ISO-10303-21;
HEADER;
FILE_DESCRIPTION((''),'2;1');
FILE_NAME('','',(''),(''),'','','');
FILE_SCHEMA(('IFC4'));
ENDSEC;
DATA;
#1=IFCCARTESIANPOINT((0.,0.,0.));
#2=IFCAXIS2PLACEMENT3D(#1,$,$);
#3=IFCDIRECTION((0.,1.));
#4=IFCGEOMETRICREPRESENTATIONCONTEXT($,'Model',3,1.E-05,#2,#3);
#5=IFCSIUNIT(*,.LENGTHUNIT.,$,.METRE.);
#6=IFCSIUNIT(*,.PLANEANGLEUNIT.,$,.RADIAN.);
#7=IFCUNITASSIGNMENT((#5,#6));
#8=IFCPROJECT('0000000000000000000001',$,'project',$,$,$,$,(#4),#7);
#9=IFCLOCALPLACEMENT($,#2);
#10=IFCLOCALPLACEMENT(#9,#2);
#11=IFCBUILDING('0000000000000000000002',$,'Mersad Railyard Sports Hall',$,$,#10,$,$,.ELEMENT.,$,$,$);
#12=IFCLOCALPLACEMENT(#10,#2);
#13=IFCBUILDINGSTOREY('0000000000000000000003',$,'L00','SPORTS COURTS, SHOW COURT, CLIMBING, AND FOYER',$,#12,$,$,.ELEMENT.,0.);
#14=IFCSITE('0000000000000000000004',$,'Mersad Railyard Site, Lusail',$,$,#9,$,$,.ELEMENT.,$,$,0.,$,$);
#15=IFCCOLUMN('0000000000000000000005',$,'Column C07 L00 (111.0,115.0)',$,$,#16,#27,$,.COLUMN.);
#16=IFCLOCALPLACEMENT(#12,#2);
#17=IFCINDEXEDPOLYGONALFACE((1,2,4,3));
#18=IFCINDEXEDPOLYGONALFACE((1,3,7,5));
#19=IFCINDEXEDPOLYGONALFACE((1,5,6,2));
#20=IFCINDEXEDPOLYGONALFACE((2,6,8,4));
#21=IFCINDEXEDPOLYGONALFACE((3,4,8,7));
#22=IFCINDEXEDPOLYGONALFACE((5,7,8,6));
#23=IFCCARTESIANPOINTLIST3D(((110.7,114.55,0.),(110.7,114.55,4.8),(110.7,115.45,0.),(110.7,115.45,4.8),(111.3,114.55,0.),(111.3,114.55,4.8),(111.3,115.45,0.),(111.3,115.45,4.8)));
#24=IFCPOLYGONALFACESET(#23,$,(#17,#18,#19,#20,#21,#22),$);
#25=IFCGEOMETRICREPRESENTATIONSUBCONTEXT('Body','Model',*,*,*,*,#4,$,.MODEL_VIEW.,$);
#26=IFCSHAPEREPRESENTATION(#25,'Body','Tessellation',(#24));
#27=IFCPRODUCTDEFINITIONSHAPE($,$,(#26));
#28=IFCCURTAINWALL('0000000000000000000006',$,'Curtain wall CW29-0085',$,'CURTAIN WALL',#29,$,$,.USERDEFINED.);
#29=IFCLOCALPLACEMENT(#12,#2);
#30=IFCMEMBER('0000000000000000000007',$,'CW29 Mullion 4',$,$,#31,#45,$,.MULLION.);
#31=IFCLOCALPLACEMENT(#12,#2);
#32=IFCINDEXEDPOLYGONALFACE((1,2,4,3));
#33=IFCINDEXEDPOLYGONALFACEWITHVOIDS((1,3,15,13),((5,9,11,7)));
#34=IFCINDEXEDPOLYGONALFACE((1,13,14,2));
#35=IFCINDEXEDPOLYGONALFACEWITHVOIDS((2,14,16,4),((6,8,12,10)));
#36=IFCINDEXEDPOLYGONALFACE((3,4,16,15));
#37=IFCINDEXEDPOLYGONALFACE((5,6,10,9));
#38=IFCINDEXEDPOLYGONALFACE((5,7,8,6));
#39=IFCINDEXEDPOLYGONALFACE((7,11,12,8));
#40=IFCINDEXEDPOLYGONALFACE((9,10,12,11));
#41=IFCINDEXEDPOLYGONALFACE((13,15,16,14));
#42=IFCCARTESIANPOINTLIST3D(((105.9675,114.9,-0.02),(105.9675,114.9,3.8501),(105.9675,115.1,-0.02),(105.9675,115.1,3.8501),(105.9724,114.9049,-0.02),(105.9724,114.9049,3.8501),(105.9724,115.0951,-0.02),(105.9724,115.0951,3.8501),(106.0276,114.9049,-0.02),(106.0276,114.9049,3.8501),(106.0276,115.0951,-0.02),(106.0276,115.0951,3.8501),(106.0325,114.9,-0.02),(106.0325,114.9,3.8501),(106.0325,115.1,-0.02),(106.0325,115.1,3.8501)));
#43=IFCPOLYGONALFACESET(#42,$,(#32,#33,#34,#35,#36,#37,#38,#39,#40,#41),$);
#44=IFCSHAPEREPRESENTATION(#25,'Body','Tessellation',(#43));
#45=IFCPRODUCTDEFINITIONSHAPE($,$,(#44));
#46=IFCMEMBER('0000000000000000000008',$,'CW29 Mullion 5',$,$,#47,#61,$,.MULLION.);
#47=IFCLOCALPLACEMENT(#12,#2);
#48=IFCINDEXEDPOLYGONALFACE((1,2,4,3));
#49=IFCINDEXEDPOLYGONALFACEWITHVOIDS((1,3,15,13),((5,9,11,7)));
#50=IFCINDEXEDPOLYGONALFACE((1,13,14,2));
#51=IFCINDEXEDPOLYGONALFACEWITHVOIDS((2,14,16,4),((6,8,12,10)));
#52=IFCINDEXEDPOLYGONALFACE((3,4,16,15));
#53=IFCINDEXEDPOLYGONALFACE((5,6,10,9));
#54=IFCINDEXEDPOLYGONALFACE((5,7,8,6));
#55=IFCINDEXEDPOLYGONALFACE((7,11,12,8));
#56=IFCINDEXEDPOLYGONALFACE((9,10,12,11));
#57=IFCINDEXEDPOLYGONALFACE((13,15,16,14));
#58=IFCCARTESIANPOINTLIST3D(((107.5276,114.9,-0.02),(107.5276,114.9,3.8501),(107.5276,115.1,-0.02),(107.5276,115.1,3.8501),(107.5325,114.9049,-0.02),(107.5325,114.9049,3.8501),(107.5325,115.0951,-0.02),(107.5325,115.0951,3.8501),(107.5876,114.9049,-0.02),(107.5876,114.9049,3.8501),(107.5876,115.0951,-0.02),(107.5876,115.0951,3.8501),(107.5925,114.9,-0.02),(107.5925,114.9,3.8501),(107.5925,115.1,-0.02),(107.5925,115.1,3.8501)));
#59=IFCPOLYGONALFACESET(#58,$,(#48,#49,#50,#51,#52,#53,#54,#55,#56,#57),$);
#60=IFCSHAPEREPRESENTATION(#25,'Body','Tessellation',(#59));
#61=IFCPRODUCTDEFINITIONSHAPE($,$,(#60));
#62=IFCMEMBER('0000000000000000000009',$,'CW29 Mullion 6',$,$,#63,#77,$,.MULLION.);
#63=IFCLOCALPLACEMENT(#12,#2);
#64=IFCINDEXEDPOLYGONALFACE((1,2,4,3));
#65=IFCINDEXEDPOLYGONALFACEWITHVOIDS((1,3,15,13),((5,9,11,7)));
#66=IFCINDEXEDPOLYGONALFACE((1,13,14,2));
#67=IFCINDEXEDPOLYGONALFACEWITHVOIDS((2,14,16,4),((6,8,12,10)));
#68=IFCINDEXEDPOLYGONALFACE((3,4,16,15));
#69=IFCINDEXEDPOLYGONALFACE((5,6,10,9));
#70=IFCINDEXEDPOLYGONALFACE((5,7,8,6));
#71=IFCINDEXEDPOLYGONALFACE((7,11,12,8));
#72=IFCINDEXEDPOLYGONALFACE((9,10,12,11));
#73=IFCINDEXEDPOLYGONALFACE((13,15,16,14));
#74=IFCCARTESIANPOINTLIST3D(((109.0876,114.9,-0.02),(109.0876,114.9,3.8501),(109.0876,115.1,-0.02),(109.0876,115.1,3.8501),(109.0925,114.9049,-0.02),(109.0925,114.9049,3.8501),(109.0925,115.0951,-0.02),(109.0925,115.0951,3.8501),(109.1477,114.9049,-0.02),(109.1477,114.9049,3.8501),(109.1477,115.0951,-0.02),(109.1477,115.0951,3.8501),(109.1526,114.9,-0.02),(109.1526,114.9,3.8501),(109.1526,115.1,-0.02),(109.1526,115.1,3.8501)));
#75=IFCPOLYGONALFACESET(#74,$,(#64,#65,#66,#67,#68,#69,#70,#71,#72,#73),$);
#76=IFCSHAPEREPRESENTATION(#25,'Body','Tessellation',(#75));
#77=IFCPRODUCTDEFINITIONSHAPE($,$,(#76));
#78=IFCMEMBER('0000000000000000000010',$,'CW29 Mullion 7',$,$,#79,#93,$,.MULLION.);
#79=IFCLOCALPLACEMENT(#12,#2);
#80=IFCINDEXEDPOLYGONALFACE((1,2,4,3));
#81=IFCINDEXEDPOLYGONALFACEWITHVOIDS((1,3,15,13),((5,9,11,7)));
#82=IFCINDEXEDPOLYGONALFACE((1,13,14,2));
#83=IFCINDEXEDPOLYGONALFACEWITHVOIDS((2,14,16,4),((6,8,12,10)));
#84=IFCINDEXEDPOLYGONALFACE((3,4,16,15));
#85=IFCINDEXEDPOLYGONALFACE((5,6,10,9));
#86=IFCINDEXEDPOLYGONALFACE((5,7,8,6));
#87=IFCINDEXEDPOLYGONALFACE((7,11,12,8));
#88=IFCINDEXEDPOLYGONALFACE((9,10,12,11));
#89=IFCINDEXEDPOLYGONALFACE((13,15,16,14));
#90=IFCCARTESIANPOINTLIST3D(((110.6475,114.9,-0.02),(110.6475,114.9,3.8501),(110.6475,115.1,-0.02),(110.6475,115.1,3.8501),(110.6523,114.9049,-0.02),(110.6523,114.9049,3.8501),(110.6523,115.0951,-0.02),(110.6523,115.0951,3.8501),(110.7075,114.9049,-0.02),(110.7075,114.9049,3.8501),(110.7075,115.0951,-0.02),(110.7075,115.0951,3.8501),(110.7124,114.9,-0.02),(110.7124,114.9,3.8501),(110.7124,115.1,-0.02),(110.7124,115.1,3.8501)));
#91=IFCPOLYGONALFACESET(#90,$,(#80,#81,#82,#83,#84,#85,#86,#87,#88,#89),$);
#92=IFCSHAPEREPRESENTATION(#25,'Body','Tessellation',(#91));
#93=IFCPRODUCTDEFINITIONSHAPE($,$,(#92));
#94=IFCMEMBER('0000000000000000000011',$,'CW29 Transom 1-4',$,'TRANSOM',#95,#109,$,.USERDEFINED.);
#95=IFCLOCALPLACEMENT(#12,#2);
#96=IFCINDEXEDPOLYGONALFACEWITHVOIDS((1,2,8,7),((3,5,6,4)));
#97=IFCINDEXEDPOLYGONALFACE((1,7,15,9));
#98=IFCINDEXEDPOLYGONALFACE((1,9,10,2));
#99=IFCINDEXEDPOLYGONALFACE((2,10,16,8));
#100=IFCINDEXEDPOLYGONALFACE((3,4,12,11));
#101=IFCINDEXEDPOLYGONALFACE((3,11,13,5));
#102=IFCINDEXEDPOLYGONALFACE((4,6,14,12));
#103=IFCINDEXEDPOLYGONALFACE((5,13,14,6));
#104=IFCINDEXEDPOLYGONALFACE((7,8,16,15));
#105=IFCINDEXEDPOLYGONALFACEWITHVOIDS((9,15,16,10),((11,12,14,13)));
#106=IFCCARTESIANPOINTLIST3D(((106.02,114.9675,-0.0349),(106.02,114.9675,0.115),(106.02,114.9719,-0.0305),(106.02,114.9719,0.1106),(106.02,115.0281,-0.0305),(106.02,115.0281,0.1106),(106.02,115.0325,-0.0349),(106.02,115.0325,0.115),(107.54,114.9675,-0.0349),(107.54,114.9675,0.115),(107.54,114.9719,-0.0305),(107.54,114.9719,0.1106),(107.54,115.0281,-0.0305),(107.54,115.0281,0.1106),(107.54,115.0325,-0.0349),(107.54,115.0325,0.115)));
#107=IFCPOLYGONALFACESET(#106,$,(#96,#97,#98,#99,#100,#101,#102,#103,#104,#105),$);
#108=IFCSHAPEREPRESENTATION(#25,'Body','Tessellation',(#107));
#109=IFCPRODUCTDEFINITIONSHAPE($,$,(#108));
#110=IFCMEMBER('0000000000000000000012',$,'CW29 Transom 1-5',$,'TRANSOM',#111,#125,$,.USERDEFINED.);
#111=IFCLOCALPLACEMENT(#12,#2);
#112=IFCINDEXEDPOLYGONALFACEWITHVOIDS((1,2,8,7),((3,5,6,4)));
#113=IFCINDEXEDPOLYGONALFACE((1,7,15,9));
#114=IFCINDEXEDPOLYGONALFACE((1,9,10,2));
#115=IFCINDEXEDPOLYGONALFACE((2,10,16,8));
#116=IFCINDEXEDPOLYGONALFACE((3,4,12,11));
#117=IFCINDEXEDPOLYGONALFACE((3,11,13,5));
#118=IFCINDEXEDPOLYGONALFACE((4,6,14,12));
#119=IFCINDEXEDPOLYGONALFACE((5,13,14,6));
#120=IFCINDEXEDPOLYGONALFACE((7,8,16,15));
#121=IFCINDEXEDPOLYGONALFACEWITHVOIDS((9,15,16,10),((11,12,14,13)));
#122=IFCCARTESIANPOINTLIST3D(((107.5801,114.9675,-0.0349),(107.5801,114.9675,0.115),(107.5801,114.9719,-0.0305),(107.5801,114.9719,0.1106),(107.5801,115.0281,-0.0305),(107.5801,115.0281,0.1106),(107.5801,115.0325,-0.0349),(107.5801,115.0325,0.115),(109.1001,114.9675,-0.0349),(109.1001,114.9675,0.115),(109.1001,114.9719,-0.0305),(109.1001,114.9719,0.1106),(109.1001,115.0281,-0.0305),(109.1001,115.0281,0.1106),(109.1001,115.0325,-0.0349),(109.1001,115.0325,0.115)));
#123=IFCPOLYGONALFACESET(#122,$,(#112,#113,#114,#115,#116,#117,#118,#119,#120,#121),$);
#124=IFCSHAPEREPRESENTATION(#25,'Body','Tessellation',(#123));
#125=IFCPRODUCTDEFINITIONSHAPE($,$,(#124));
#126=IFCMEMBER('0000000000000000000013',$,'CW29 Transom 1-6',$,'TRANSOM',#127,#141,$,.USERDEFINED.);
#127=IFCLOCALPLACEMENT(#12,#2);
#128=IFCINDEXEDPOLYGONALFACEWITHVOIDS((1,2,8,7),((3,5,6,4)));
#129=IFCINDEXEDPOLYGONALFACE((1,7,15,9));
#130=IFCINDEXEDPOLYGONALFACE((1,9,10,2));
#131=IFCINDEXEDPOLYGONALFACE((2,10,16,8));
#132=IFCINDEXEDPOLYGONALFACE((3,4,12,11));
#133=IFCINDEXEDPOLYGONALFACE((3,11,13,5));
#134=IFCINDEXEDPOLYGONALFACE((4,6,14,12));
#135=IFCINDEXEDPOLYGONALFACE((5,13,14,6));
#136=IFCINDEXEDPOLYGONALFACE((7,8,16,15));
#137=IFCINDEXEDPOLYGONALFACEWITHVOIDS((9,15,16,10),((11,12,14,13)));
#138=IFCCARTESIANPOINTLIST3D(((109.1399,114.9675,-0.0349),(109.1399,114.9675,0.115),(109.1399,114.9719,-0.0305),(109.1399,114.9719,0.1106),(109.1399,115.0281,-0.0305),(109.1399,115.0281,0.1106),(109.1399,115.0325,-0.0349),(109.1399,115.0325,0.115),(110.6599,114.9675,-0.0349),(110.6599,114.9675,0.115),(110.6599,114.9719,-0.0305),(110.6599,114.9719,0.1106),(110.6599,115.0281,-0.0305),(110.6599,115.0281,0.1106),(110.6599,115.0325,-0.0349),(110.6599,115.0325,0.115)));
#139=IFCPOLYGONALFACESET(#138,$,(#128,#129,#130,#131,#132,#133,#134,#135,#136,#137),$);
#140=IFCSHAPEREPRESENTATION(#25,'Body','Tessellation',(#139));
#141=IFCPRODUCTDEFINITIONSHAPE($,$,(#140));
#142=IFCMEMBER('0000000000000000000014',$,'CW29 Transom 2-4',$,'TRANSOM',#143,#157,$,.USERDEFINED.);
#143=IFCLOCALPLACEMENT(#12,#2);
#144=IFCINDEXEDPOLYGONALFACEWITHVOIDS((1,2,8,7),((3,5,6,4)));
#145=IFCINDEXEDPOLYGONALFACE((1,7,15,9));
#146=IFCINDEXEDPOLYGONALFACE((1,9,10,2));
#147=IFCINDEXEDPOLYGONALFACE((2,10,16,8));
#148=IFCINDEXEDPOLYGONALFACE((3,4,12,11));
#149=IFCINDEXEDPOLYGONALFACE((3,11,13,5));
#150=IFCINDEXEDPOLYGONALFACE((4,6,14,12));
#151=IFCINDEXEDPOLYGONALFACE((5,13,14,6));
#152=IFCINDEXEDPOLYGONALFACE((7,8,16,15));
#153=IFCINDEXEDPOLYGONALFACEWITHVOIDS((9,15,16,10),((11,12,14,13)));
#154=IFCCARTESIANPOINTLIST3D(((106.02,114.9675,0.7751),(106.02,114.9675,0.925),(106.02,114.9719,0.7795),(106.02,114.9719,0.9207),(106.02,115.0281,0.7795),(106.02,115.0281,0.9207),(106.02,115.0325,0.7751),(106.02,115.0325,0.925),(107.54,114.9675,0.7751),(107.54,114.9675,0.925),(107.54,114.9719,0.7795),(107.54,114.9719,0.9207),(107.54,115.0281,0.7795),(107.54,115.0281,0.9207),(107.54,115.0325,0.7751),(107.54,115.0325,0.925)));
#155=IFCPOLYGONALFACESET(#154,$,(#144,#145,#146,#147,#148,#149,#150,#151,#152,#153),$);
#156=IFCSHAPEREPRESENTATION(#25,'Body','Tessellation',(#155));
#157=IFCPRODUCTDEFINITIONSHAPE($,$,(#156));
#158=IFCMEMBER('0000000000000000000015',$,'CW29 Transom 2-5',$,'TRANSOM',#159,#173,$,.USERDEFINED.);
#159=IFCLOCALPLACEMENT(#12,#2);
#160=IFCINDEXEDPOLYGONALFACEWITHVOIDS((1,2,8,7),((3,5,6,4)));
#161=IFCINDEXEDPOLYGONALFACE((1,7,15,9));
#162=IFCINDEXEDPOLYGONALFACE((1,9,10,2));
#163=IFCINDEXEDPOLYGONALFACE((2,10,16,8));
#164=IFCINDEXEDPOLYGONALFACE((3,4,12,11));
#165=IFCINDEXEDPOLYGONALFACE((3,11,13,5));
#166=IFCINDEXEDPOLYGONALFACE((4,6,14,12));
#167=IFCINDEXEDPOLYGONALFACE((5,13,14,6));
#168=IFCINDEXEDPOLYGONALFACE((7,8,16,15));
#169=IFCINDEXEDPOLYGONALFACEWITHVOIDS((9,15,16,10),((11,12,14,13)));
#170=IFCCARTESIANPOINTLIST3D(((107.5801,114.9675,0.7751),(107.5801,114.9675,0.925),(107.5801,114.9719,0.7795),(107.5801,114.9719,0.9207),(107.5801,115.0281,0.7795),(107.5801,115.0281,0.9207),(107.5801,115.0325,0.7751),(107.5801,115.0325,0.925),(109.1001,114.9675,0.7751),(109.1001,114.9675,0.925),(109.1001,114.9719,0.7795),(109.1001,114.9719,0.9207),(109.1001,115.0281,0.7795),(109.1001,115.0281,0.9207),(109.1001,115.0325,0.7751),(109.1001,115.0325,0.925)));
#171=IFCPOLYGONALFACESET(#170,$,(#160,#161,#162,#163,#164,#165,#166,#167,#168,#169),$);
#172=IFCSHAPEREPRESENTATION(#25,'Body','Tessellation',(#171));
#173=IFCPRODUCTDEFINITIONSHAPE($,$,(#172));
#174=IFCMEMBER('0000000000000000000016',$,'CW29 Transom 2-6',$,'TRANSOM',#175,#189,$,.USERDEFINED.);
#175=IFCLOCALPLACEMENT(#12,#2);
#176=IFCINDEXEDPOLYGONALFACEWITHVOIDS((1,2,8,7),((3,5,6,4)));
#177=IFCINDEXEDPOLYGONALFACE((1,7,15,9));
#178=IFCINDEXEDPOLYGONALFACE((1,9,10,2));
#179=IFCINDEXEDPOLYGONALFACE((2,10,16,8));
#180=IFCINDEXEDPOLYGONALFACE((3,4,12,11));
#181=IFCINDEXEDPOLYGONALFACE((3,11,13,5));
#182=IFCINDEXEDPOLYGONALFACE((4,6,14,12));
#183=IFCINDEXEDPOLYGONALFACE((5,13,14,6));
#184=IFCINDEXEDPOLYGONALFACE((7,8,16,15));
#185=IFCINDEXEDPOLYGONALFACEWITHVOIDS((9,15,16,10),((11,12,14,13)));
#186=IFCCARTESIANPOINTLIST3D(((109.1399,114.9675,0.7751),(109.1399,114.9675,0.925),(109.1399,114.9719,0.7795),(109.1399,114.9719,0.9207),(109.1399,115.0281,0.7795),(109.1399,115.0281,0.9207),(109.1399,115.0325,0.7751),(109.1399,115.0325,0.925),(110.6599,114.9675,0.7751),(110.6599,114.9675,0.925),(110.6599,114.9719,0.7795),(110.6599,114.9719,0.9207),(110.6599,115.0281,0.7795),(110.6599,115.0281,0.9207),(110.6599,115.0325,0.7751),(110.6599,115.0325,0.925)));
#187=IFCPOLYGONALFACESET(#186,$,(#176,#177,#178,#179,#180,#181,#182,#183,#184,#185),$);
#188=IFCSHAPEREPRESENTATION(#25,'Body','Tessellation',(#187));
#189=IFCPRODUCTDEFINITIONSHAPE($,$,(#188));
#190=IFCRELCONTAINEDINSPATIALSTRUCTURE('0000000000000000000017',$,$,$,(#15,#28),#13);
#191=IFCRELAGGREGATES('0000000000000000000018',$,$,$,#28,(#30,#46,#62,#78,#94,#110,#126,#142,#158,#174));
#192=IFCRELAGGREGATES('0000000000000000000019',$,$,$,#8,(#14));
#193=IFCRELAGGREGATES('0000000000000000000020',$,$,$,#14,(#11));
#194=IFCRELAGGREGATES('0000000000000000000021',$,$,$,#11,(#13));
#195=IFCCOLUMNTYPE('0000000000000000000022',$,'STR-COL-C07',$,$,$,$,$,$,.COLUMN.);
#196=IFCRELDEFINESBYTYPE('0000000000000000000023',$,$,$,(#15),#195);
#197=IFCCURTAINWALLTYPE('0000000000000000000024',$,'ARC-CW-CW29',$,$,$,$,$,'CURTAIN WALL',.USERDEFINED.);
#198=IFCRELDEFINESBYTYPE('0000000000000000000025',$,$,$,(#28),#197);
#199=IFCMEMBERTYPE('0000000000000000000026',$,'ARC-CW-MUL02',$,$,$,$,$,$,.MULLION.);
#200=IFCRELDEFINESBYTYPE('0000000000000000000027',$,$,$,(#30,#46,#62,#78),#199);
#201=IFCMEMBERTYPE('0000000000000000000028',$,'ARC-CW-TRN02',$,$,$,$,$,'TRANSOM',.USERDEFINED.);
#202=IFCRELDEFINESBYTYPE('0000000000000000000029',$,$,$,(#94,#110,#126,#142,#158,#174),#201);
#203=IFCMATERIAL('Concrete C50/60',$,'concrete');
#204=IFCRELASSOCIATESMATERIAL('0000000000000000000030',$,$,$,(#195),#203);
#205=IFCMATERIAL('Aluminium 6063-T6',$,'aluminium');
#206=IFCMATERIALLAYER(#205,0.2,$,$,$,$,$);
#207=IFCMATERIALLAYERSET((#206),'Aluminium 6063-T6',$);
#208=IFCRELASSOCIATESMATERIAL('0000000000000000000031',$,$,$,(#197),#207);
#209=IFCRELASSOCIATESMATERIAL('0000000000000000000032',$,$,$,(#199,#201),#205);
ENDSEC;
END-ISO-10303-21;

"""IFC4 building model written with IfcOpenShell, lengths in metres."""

from ifc_helpers import new_model, si_unit, direction, frame, origin, origin_2d, place, context, subcontext, project, spatial, rectangle, hollow_rectangle, extrude, material, layer, layer_set, material_profile, profile_set, type_object, element, aggregate, save


model = new_model("IFC4")

# Units and contexts
model_context = context("Model", 3, precision=1e-05, world=origin(), true_north=direction((0.0, 1.0)))
body_context = subcontext(model_context, "Body", "Model", "MODEL_VIEW")
ifc_project = project(units=[si_unit("LENGTHUNIT", "METRE"), si_unit("PLANEANGLEUNIT", "RADIAN")], contexts=[model_context])

# Site, building, storey
site_placement = place(None, origin())
site = spatial("IfcSite", under=ifc_project, at=site_placement, Name="Mersad Railyard Site, Lusail", CompositionType="ELEMENT", RefElevation=0.0)
building_placement = place(site_placement, origin())
building = spatial("IfcBuilding", under=site, at=building_placement, Name="Mersad Railyard Sports Hall", CompositionType="ELEMENT")
storey_placement = place(building_placement, origin())
storey = spatial("IfcBuildingStorey", under=building, at=storey_placement, Name="L00", Description="SPORTS COURTS, SHOW COURT, CLIMBING, AND FOYER", CompositionType="ELEMENT", Elevation=0.0)

# Column
ifc_material_1 = material(Name="Concrete C50/60", Category="concrete")
ifc_material_profile_1 = material_profile(ifc_material_1, rectangle(XDim=0.6001, YDim=0.8999, at=origin_2d()), Name="RC 600x900")
ifc_profile_set_1 = profile_set([ifc_material_profile_1], Name="Concrete C50/60")
column_type = type_object("IfcColumnType", Name="STR-COL-C07", PredefinedType="COLUMN", material=ifc_profile_set_1)
column_placement = place(storey_placement, frame((111.0, 115.0, 0.0), z_axis=(0.0, 0.0, 1.0), x_axis=(1.0, 0.0, 0.0)))
element("IfcColumn", 1, at=column_placement, inside=storey, type_object=column_type, Name="Column C07 L00 (111.0,115.0)", PredefinedType="COLUMN", context=body_context, shape_type="SweptSolid", body=[
    extrude(rectangle(XDim=0.6001, YDim=0.8999, at=origin_2d()), origin(), (0.0, 0.0, 1.0), 4.8),
])

# Curtain wall, members
ifc_material_2 = material(Name="Aluminium 6063-T6", Category="aluminium")
ifc_layer_1 = layer(ifc_material_2, 0.2)
ifc_layer_set_1 = layer_set([ifc_layer_1], Name="Aluminium 6063-T6")
curtain_wall_type = type_object("IfcCurtainWallType", Name="ARC-CW-CW29", ElementType="CURTAIN WALL", PredefinedType="USERDEFINED", material=ifc_layer_set_1)
curtain_wall_placement = place(storey_placement, origin())
curtain_wall = element("IfcCurtainWall", 2, at=curtain_wall_placement, inside=storey, type_object=curtain_wall_type, Name="Curtain wall CW29-0085", ObjectType="CURTAIN WALL", PredefinedType="USERDEFINED")
ifc_material_profile_2 = material_profile(ifc_material_2, hollow_rectangle(XDim=0.0649, YDim=0.2, WallThickness=0.0049, at=origin_2d()), Name="AL MULLION 65x200x5")
ifc_profile_set_2 = profile_set([ifc_material_profile_2], Name="Aluminium 6063-T6")
member_type_1 = type_object("IfcMemberType", Name="ARC-CW-MUL02", PredefinedType="MULLION", material=ifc_profile_set_2)
member_1_placement = place(storey_placement, frame((106.0, 115.0, -0.02), z_axis=(0.0, 0.0, 1.0), x_axis=(1.0, 0.0, 0.0)))
member_1 = element("IfcMember", 3, at=member_1_placement, type_object=member_type_1, Name="CW29 Mullion 4", PredefinedType="MULLION", context=body_context, shape_type="SweptSolid", body=[
    extrude(hollow_rectangle(XDim=0.0649, YDim=0.2, WallThickness=0.0049, at=origin_2d()), origin(), (0.0, 0.0, 1.0), 3.8701),
])
member_2_placement = place(storey_placement, frame((107.5601, 115.0, -0.02), z_axis=(0.0, 0.0, 1.0), x_axis=(1.0, 0.0, 0.0)))
member_2 = element("IfcMember", 4, at=member_2_placement, type_object=member_type_1, Name="CW29 Mullion 5", PredefinedType="MULLION", context=body_context, shape_type="SweptSolid", body=[
    extrude(hollow_rectangle(XDim=0.0649, YDim=0.2, WallThickness=0.0049, at=origin_2d()), origin(), (0.0, 0.0, 1.0), 3.8701),
])
member_3_placement = place(storey_placement, frame((109.1201, 115.0, -0.02), z_axis=(0.0, 0.0, 1.0), x_axis=(1.0, 0.0, 0.0)))
member_3 = element("IfcMember", 5, at=member_3_placement, type_object=member_type_1, Name="CW29 Mullion 6", PredefinedType="MULLION", context=body_context, shape_type="SweptSolid", body=[
    extrude(hollow_rectangle(XDim=0.0649, YDim=0.2, WallThickness=0.0049, at=origin_2d()), origin(), (0.0, 0.0, 1.0), 3.8701),
])
member_4_placement = place(storey_placement, frame((110.6799, 115.0, -0.02), z_axis=(0.0, 0.0, 1.0), x_axis=(1.0, 0.0, 0.0)))
member_4 = element("IfcMember", 6, at=member_4_placement, type_object=member_type_1, Name="CW29 Mullion 7", PredefinedType="MULLION", context=body_context, shape_type="SweptSolid", body=[
    extrude(hollow_rectangle(XDim=0.0649, YDim=0.2, WallThickness=0.0049, at=origin_2d()), origin(), (0.0, 0.0, 1.0), 3.8701),
])
ifc_material_profile_3 = material_profile(ifc_material_2, hollow_rectangle(XDim=0.0649, YDim=0.1499, WallThickness=0.0044, at=origin_2d()), Name="AL TRANSOM 65x150x4.5")
ifc_profile_set_3 = profile_set([ifc_material_profile_3], Name="Aluminium 6063-T6")
member_type_2 = type_object("IfcMemberType", Name="ARC-CW-TRN02", ElementType="TRANSOM", PredefinedType="USERDEFINED", material=ifc_profile_set_3)
member_5_placement = place(storey_placement, frame((106.02, 115.0, 0.04), z_axis=(1.0, 0.0, 0.0), x_axis=(0.0, 1.0, 0.0)))
member_5 = element("IfcMember", 7, at=member_5_placement, type_object=member_type_2, Name="CW29 Transom 1-4", ObjectType="TRANSOM", PredefinedType="USERDEFINED", context=body_context, shape_type="SweptSolid", body=[
    extrude(hollow_rectangle(XDim=0.0649, YDim=0.1499, WallThickness=0.0044, at=origin_2d()), origin(), (0.0, 0.0, 1.0), 1.52),
])
member_6_placement = place(storey_placement, frame((107.5801, 115.0, 0.04), z_axis=(1.0, 0.0, 0.0), x_axis=(0.0, 1.0, 0.0)))
member_6 = element("IfcMember", 8, at=member_6_placement, type_object=member_type_2, Name="CW29 Transom 1-5", ObjectType="TRANSOM", PredefinedType="USERDEFINED", context=body_context, shape_type="SweptSolid", body=[
    extrude(hollow_rectangle(XDim=0.0649, YDim=0.1499, WallThickness=0.0044, at=origin_2d()), origin(), (0.0, 0.0, 1.0), 1.52),
])
member_7_placement = place(storey_placement, frame((109.1399, 115.0, 0.04), z_axis=(1.0, 0.0, 0.0), x_axis=(0.0, 1.0, 0.0)))
member_7 = element("IfcMember", 9, at=member_7_placement, type_object=member_type_2, Name="CW29 Transom 1-6", ObjectType="TRANSOM", PredefinedType="USERDEFINED", context=body_context, shape_type="SweptSolid", body=[
    extrude(hollow_rectangle(XDim=0.0649, YDim=0.1499, WallThickness=0.0044, at=origin_2d()), origin(), (0.0, 0.0, 1.0), 1.52),
])
member_8_placement = place(storey_placement, frame((106.02, 115.0, 0.8501), z_axis=(1.0, 0.0, 0.0), x_axis=(0.0, 1.0, 0.0)))
member_8 = element("IfcMember", 10, at=member_8_placement, type_object=member_type_2, Name="CW29 Transom 2-4", ObjectType="TRANSOM", PredefinedType="USERDEFINED", context=body_context, shape_type="SweptSolid", body=[
    extrude(hollow_rectangle(XDim=0.0649, YDim=0.1499, WallThickness=0.0044, at=origin_2d()), origin(), (0.0, 0.0, 1.0), 1.52),
])
member_9_placement = place(storey_placement, frame((107.5801, 115.0, 0.8501), z_axis=(1.0, 0.0, 0.0), x_axis=(0.0, 1.0, 0.0)))
member_9 = element("IfcMember", 11, at=member_9_placement, type_object=member_type_2, Name="CW29 Transom 2-5", ObjectType="TRANSOM", PredefinedType="USERDEFINED", context=body_context, shape_type="SweptSolid", body=[
    extrude(hollow_rectangle(XDim=0.0649, YDim=0.1499, WallThickness=0.0044, at=origin_2d()), origin(), (0.0, 0.0, 1.0), 1.52),
])
member_10_placement = place(storey_placement, frame((109.1399, 115.0, 0.8501), z_axis=(1.0, 0.0, 0.0), x_axis=(0.0, 1.0, 0.0)))
member_10 = element("IfcMember", 12, at=member_10_placement, type_object=member_type_2, Name="CW29 Transom 2-6", ObjectType="TRANSOM", PredefinedType="USERDEFINED", context=body_context, shape_type="SweptSolid", body=[
    extrude(hollow_rectangle(XDim=0.0649, YDim=0.1499, WallThickness=0.0044, at=origin_2d()), origin(), (0.0, 0.0, 1.0), 1.52),
])

aggregate(curtain_wall, [member_1, member_2, member_3, member_4, member_5, member_6, member_7, member_8, member_9, member_10])

save(model, "model.ifc")
